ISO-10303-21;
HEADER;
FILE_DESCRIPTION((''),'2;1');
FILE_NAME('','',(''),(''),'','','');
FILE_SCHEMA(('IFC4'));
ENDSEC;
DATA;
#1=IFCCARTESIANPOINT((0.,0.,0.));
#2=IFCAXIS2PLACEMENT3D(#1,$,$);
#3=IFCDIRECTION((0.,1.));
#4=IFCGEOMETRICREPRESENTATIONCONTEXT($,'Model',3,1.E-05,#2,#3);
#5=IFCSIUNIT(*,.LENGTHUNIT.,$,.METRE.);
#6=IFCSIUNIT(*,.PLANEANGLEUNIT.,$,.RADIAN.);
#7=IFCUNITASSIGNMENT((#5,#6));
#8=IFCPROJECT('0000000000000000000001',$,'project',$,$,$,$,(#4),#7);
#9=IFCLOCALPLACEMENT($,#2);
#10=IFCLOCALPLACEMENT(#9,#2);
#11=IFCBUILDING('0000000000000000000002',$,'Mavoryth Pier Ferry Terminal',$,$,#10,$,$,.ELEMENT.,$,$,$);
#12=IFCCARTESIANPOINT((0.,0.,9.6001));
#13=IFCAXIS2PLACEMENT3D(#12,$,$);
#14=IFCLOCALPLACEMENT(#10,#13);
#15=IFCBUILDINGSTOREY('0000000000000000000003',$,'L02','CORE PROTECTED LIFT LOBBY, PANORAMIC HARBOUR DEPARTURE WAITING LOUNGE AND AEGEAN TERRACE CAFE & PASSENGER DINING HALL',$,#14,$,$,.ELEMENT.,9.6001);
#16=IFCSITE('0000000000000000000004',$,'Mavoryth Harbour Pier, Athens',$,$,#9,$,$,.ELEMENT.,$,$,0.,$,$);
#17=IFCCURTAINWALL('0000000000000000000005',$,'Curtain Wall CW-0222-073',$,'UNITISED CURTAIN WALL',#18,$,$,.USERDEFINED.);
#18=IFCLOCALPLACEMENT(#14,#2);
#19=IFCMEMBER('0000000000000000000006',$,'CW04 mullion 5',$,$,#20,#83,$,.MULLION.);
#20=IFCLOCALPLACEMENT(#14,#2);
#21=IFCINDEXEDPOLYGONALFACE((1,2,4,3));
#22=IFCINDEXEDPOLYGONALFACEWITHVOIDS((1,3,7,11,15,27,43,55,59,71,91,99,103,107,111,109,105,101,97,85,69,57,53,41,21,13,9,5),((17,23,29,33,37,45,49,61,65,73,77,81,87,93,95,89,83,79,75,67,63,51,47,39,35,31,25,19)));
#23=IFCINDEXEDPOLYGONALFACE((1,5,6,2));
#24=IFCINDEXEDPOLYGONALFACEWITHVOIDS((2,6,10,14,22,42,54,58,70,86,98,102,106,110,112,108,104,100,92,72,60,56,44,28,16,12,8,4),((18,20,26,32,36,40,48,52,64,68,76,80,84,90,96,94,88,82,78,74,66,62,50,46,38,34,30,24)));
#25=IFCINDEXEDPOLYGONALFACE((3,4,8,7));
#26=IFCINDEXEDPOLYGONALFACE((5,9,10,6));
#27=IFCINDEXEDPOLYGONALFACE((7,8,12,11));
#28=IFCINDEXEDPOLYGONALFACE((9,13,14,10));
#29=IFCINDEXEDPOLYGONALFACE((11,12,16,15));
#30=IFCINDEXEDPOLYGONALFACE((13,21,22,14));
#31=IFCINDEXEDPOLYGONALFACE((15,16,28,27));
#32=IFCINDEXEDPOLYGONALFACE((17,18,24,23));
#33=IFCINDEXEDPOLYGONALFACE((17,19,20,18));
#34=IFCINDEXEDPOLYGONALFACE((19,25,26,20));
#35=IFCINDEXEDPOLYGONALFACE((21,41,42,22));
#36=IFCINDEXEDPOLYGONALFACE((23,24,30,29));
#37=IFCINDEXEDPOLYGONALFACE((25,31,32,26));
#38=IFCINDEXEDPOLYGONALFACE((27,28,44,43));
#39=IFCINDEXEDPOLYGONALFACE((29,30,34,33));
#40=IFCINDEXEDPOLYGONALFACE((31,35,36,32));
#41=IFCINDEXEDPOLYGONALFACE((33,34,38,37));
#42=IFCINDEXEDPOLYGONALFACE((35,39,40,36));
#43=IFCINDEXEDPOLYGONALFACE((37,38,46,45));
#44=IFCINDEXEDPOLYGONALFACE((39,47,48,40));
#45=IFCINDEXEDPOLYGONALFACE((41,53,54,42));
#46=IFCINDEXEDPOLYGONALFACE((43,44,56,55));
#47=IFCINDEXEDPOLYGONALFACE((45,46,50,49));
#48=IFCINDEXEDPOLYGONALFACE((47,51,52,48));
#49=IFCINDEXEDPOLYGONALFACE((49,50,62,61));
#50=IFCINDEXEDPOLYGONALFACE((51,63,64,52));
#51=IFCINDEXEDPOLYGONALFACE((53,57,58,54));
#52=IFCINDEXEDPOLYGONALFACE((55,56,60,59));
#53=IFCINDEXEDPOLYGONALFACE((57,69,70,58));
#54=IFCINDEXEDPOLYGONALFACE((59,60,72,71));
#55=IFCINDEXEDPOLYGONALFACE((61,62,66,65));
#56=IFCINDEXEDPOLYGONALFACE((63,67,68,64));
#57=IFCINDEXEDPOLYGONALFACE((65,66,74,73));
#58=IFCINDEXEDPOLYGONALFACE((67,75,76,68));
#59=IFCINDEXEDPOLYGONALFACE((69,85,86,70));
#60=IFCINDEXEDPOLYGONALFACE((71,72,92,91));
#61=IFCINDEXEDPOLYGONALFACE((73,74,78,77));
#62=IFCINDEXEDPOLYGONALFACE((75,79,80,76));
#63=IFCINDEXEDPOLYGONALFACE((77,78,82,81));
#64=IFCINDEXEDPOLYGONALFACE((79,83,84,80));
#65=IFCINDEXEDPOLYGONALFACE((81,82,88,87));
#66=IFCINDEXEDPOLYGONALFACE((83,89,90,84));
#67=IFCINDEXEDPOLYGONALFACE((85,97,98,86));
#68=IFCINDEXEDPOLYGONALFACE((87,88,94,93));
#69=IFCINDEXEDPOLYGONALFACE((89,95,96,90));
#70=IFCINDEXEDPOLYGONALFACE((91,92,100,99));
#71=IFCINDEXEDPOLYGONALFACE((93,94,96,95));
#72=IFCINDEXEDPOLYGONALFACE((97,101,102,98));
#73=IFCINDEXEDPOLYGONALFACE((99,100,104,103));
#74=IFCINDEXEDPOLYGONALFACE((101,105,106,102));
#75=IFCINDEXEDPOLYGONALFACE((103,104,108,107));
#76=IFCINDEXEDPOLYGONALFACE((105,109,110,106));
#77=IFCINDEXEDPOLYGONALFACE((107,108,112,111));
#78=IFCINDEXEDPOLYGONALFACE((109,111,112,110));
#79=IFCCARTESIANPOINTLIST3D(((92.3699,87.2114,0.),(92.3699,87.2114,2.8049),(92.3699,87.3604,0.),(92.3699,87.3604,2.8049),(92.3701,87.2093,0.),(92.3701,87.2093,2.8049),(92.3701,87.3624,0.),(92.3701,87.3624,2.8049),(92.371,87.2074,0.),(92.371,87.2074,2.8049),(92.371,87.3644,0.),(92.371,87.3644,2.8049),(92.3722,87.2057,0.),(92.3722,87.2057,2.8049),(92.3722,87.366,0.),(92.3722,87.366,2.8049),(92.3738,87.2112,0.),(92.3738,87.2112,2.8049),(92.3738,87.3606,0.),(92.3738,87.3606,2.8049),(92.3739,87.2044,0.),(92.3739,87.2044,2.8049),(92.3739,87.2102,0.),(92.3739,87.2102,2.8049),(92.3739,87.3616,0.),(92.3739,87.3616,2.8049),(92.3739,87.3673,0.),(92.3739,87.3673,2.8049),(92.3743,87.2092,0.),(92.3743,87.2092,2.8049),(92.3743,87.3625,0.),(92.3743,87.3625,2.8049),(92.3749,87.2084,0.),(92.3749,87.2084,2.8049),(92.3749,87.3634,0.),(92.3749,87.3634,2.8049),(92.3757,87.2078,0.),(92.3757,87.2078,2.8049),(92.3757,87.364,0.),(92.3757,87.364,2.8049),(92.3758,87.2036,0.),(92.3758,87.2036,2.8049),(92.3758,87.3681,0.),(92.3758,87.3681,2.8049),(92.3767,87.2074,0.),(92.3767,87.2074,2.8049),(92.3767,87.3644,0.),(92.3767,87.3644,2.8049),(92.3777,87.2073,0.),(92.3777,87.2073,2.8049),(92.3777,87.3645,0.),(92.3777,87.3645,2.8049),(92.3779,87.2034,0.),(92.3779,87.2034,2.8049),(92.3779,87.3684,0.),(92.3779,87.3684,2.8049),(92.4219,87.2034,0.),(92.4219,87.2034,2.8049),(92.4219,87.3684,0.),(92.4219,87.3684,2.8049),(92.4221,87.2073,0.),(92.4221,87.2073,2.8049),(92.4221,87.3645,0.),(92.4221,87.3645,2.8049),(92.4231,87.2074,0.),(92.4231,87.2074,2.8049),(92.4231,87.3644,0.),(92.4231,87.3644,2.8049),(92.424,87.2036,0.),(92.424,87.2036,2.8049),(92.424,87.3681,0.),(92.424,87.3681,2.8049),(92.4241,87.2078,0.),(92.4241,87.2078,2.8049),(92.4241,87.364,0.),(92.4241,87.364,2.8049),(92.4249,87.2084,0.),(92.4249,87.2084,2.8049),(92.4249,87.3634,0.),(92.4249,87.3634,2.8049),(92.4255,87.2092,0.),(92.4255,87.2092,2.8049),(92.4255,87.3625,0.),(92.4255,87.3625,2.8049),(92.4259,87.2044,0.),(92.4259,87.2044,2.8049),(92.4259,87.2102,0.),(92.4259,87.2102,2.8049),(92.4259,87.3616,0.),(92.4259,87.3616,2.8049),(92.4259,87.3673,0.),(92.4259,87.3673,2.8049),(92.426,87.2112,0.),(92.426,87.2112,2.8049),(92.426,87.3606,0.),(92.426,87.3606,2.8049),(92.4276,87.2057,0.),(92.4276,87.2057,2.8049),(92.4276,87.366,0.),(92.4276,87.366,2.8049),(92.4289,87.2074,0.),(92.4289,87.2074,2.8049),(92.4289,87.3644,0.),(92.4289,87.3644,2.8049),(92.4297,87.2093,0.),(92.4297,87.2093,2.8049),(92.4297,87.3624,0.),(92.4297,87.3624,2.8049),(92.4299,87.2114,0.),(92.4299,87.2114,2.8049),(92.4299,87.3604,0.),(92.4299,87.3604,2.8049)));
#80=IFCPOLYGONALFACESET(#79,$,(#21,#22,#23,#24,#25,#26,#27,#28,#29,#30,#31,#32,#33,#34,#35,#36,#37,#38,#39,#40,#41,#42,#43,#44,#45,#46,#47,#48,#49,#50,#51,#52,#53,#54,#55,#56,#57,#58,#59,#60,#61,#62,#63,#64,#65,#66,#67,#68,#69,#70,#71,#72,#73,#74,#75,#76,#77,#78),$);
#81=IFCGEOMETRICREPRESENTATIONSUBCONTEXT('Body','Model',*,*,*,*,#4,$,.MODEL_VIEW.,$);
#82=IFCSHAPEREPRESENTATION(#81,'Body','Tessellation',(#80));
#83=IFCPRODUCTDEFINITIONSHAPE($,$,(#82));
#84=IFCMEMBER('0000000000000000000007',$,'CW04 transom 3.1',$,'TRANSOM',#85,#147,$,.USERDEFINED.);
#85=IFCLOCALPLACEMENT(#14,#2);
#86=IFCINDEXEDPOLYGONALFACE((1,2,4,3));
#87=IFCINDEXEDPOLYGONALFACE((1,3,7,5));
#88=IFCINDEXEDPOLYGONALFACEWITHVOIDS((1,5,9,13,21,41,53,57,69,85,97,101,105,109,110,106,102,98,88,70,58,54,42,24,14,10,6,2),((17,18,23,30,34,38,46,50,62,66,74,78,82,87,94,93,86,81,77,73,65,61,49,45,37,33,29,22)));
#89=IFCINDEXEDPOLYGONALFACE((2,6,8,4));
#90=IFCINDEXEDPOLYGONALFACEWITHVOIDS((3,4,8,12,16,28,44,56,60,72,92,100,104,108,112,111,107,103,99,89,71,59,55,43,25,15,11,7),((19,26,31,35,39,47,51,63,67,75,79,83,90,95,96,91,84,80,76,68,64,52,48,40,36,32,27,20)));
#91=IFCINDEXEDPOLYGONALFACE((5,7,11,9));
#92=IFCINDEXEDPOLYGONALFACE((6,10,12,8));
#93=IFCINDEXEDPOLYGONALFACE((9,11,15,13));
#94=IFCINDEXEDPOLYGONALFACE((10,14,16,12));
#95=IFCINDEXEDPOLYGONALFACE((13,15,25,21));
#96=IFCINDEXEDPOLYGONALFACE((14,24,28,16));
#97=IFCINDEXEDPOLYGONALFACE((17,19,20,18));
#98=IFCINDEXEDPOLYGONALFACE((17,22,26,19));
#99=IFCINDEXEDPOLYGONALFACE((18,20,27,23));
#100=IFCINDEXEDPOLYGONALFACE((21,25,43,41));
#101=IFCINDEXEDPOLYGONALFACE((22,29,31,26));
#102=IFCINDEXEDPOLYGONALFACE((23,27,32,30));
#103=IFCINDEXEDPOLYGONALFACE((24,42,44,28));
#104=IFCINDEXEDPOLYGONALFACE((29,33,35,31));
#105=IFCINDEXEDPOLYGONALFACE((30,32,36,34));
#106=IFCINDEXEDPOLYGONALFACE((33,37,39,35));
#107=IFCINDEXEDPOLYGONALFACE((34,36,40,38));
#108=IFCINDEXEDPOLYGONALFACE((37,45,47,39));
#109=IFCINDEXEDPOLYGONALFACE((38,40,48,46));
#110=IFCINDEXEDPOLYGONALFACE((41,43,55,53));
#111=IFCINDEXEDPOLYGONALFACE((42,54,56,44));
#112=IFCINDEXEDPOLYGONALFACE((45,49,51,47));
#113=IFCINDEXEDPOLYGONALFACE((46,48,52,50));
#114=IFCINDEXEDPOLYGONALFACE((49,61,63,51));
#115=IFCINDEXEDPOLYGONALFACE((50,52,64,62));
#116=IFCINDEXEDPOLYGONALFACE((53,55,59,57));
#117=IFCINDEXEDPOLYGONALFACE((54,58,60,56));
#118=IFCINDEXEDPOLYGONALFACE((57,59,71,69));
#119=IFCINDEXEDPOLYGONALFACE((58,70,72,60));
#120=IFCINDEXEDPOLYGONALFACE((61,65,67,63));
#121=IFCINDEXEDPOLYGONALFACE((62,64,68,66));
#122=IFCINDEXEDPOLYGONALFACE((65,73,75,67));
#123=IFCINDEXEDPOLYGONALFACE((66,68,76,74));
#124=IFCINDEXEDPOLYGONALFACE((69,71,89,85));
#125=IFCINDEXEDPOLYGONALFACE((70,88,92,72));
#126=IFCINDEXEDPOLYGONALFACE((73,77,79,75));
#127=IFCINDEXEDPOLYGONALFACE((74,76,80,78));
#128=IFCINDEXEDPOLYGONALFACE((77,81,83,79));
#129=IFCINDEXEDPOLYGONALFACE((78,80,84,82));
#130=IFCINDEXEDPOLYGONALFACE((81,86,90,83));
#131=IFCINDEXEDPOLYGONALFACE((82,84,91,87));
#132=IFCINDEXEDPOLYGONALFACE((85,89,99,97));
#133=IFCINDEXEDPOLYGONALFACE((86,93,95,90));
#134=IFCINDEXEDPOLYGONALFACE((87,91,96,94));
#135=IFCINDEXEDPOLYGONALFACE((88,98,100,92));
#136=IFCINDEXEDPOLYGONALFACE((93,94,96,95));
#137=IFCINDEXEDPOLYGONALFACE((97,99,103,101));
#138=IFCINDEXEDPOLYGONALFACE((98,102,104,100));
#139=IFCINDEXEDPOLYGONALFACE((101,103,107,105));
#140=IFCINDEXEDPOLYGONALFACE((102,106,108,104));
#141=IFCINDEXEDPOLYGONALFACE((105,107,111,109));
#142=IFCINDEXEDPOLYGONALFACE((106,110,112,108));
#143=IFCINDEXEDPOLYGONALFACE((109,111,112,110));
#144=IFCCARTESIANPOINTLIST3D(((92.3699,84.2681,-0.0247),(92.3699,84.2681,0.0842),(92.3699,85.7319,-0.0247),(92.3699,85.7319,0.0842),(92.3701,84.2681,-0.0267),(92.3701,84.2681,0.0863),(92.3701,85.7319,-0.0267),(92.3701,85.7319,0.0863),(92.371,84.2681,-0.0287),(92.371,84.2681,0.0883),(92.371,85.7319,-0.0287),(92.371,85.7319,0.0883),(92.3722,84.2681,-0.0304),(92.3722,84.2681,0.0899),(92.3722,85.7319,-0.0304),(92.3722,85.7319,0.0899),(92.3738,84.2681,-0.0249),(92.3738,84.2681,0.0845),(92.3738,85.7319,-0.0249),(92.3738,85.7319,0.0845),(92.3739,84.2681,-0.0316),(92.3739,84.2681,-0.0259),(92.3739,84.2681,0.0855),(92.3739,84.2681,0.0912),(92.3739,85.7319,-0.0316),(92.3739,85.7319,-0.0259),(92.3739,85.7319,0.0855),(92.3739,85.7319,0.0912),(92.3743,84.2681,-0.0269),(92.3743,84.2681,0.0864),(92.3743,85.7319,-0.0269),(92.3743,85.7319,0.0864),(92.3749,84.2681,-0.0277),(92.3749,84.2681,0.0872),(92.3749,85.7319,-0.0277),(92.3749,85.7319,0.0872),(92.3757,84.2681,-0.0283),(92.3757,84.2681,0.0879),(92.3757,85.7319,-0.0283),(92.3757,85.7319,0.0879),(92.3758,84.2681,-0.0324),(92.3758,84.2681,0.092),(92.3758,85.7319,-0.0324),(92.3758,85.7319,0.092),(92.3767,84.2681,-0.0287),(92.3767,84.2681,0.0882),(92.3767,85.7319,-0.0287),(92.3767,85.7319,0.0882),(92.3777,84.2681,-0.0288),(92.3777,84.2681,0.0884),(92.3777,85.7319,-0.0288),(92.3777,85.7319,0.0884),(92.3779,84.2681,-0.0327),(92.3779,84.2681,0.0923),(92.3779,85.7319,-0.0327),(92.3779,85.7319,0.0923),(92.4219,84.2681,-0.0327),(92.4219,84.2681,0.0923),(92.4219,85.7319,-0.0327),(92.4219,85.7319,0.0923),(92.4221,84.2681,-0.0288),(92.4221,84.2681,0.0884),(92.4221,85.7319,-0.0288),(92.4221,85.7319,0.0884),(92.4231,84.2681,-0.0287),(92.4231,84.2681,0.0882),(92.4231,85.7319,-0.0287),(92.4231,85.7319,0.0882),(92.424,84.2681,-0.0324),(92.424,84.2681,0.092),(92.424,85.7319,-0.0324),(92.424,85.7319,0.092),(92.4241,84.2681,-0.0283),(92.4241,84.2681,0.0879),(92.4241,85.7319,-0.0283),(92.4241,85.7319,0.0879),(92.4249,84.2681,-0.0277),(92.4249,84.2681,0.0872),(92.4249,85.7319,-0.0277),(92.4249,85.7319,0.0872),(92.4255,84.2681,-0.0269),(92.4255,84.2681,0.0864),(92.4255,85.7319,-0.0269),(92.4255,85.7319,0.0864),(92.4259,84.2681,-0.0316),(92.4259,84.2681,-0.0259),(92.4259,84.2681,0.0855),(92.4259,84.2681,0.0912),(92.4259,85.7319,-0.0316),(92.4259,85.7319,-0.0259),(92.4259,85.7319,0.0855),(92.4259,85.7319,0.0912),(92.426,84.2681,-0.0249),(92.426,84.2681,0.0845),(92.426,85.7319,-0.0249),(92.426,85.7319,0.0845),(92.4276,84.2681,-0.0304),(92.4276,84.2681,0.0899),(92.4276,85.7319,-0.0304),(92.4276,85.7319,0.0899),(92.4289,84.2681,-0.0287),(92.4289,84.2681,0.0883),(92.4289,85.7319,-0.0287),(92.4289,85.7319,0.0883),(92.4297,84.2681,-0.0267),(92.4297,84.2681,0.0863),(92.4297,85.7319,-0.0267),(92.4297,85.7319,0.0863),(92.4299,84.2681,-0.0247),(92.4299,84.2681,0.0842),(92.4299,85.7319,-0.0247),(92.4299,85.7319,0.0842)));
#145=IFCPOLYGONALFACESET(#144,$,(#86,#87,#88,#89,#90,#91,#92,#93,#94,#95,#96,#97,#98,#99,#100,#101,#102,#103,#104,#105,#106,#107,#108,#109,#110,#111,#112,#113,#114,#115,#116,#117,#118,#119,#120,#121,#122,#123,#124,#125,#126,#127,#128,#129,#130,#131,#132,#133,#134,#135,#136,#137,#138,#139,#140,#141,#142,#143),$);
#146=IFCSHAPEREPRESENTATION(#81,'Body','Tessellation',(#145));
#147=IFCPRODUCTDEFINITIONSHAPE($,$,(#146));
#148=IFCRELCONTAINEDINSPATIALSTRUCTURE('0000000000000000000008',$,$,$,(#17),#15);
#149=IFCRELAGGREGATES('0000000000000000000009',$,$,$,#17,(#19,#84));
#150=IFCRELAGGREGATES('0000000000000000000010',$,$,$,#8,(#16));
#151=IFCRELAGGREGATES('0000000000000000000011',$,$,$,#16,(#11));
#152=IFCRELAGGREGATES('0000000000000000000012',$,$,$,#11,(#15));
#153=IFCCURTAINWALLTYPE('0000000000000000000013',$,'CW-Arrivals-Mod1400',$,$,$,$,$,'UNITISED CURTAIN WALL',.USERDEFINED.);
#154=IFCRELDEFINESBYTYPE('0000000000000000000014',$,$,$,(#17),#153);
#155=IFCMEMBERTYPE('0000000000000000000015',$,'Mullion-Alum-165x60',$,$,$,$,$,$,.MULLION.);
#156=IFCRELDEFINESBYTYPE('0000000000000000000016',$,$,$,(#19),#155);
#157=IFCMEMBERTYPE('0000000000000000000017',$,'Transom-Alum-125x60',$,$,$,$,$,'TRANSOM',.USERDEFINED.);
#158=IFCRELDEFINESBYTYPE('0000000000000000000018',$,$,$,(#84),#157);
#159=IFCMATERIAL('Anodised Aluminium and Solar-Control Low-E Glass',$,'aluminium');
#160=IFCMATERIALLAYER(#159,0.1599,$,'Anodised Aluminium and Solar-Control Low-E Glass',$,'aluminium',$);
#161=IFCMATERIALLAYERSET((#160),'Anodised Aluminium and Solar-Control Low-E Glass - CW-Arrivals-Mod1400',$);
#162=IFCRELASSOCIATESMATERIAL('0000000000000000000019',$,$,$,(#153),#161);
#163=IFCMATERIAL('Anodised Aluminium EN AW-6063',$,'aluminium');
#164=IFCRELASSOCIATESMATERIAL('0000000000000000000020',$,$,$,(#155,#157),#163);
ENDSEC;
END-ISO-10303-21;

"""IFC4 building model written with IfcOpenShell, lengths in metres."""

from ifc_helpers import new_model, si_unit, direction, frame, origin, origin_2d, place, context, subcontext, project, spatial, hollow_rectangle, extrude, material, layer, layer_set, material_profile, profile_set, type_object, element, aggregate, save


model = new_model("IFC4")

# Units and contexts
model_context = context("Model", 3, precision=1e-05, world=origin(), true_north=direction((0.0, 1.0)))
body_context = subcontext(model_context, "Body", "Model", "MODEL_VIEW")
ifc_project = project(units=[si_unit("LENGTHUNIT", "METRE"), si_unit("PLANEANGLEUNIT", "RADIAN")], contexts=[model_context])

# Site, building, storey
site_placement = place(None, origin())
site = spatial("IfcSite", under=ifc_project, at=site_placement, Name="Mavoryth Harbour Pier, Athens", CompositionType="ELEMENT", RefElevation=0.0)
building_placement = place(site_placement, origin())
building = spatial("IfcBuilding", under=site, at=building_placement, Name="Mavoryth Pier Ferry Terminal", CompositionType="ELEMENT")
storey_placement = place(building_placement, frame((0.0, 0.0, 9.6001)))
storey = spatial("IfcBuildingStorey", under=building, at=storey_placement, Name="L02", Description="CORE PROTECTED LIFT LOBBY, PANORAMIC HARBOUR DEPARTURE WAITING LOUNGE AND AEGEAN TERRACE CAFE & PASSENGER DINING HALL", CompositionType="ELEMENT", Elevation=9.6001)

# Curtain wall, members
ifc_material_1 = material(Name="Anodised Aluminium and Solar-Control Low-E Glass", Category="aluminium")
ifc_layer_1 = layer(ifc_material_1, 0.1599, Name="Anodised Aluminium and Solar-Control Low-E Glass", Category="aluminium")
ifc_layer_set_1 = layer_set([ifc_layer_1], Name="Anodised Aluminium and Solar-Control Low-E Glass - CW-Arrivals-Mod1400")
curtain_wall_type = type_object("IfcCurtainWallType", Name="CW-Arrivals-Mod1400", ElementType="UNITISED CURTAIN WALL", PredefinedType="USERDEFINED", material=ifc_layer_set_1)
curtain_wall_placement = place(storey_placement, origin())
curtain_wall = element("IfcCurtainWall", 1, at=curtain_wall_placement, inside=storey, type_object=curtain_wall_type, Name="Curtain Wall CW-0222-073", ObjectType="UNITISED CURTAIN WALL", PredefinedType="USERDEFINED")
ifc_material_2 = material(Name="Anodised Aluminium EN AW-6063", Category="aluminium")
ifc_material_profile_1 = material_profile(ifc_material_2, hollow_rectangle(XDim=0.0601, YDim=0.165, WallThickness=0.0039, InnerFilletRadius=0.0039, OuterFilletRadius=0.0081, at=origin_2d()), Name="AL-MULL 165x60x4", Category="aluminium")
ifc_profile_set_1 = profile_set([ifc_material_profile_1], Name="Anodised Aluminium EN AW-6063 - AL-MULL 165x60x4")
member_type_1 = type_object("IfcMemberType", Name="Mullion-Alum-165x60", PredefinedType="MULLION", material=ifc_profile_set_1)
member_1_placement = place(storey_placement, frame((92.3999, 87.2859, 0.0), z_axis=(0.0, 0.0, 1.0), x_axis=(-1.0, 0.0, 0.0)))
member_1 = element("IfcMember", 2, at=member_1_placement, type_object=member_type_1, Name="CW04 mullion 5", PredefinedType="MULLION", context=body_context, shape_type="SweptSolid", body=[
    extrude(hollow_rectangle(XDim=0.0601, YDim=0.165, WallThickness=0.0039, InnerFilletRadius=0.0039, OuterFilletRadius=0.0081, at=origin_2d()), origin(), (0.0, 0.0, 1.0), 2.8049),
])
ifc_material_profile_2 = material_profile(ifc_material_2, hollow_rectangle(XDim=0.0601, YDim=0.125, WallThickness=0.0039, InnerFilletRadius=0.0039, OuterFilletRadius=0.0081, at=origin_2d()), Name="AL-TRAN 125x60x4", Category="aluminium")
ifc_profile_set_2 = profile_set([ifc_material_profile_2], Name="Anodised Aluminium EN AW-6063 - AL-TRAN 125x60x4")
member_type_2 = type_object("IfcMemberType", Name="Transom-Alum-125x60", ElementType="TRANSOM", PredefinedType="USERDEFINED", material=ifc_profile_set_2)
member_2_placement = place(storey_placement, frame((92.3999, 84.2681, 0.0298), z_axis=(0.0, 1.0, 0.0), x_axis=(-1.0, 0.0, 0.0)))
member_2 = element("IfcMember", 3, at=member_2_placement, type_object=member_type_2, Name="CW04 transom 3.1", ObjectType="TRANSOM", PredefinedType="USERDEFINED", context=body_context, shape_type="SweptSolid", body=[
    extrude(hollow_rectangle(XDim=0.0601, YDim=0.125, WallThickness=0.0039, InnerFilletRadius=0.0039, OuterFilletRadius=0.0081, at=origin_2d()), origin(), (0.0, 0.0, 1.0), 1.4639),
])
aggregate(curtain_wall, [member_1, member_2])

save(model, "model.ifc")
